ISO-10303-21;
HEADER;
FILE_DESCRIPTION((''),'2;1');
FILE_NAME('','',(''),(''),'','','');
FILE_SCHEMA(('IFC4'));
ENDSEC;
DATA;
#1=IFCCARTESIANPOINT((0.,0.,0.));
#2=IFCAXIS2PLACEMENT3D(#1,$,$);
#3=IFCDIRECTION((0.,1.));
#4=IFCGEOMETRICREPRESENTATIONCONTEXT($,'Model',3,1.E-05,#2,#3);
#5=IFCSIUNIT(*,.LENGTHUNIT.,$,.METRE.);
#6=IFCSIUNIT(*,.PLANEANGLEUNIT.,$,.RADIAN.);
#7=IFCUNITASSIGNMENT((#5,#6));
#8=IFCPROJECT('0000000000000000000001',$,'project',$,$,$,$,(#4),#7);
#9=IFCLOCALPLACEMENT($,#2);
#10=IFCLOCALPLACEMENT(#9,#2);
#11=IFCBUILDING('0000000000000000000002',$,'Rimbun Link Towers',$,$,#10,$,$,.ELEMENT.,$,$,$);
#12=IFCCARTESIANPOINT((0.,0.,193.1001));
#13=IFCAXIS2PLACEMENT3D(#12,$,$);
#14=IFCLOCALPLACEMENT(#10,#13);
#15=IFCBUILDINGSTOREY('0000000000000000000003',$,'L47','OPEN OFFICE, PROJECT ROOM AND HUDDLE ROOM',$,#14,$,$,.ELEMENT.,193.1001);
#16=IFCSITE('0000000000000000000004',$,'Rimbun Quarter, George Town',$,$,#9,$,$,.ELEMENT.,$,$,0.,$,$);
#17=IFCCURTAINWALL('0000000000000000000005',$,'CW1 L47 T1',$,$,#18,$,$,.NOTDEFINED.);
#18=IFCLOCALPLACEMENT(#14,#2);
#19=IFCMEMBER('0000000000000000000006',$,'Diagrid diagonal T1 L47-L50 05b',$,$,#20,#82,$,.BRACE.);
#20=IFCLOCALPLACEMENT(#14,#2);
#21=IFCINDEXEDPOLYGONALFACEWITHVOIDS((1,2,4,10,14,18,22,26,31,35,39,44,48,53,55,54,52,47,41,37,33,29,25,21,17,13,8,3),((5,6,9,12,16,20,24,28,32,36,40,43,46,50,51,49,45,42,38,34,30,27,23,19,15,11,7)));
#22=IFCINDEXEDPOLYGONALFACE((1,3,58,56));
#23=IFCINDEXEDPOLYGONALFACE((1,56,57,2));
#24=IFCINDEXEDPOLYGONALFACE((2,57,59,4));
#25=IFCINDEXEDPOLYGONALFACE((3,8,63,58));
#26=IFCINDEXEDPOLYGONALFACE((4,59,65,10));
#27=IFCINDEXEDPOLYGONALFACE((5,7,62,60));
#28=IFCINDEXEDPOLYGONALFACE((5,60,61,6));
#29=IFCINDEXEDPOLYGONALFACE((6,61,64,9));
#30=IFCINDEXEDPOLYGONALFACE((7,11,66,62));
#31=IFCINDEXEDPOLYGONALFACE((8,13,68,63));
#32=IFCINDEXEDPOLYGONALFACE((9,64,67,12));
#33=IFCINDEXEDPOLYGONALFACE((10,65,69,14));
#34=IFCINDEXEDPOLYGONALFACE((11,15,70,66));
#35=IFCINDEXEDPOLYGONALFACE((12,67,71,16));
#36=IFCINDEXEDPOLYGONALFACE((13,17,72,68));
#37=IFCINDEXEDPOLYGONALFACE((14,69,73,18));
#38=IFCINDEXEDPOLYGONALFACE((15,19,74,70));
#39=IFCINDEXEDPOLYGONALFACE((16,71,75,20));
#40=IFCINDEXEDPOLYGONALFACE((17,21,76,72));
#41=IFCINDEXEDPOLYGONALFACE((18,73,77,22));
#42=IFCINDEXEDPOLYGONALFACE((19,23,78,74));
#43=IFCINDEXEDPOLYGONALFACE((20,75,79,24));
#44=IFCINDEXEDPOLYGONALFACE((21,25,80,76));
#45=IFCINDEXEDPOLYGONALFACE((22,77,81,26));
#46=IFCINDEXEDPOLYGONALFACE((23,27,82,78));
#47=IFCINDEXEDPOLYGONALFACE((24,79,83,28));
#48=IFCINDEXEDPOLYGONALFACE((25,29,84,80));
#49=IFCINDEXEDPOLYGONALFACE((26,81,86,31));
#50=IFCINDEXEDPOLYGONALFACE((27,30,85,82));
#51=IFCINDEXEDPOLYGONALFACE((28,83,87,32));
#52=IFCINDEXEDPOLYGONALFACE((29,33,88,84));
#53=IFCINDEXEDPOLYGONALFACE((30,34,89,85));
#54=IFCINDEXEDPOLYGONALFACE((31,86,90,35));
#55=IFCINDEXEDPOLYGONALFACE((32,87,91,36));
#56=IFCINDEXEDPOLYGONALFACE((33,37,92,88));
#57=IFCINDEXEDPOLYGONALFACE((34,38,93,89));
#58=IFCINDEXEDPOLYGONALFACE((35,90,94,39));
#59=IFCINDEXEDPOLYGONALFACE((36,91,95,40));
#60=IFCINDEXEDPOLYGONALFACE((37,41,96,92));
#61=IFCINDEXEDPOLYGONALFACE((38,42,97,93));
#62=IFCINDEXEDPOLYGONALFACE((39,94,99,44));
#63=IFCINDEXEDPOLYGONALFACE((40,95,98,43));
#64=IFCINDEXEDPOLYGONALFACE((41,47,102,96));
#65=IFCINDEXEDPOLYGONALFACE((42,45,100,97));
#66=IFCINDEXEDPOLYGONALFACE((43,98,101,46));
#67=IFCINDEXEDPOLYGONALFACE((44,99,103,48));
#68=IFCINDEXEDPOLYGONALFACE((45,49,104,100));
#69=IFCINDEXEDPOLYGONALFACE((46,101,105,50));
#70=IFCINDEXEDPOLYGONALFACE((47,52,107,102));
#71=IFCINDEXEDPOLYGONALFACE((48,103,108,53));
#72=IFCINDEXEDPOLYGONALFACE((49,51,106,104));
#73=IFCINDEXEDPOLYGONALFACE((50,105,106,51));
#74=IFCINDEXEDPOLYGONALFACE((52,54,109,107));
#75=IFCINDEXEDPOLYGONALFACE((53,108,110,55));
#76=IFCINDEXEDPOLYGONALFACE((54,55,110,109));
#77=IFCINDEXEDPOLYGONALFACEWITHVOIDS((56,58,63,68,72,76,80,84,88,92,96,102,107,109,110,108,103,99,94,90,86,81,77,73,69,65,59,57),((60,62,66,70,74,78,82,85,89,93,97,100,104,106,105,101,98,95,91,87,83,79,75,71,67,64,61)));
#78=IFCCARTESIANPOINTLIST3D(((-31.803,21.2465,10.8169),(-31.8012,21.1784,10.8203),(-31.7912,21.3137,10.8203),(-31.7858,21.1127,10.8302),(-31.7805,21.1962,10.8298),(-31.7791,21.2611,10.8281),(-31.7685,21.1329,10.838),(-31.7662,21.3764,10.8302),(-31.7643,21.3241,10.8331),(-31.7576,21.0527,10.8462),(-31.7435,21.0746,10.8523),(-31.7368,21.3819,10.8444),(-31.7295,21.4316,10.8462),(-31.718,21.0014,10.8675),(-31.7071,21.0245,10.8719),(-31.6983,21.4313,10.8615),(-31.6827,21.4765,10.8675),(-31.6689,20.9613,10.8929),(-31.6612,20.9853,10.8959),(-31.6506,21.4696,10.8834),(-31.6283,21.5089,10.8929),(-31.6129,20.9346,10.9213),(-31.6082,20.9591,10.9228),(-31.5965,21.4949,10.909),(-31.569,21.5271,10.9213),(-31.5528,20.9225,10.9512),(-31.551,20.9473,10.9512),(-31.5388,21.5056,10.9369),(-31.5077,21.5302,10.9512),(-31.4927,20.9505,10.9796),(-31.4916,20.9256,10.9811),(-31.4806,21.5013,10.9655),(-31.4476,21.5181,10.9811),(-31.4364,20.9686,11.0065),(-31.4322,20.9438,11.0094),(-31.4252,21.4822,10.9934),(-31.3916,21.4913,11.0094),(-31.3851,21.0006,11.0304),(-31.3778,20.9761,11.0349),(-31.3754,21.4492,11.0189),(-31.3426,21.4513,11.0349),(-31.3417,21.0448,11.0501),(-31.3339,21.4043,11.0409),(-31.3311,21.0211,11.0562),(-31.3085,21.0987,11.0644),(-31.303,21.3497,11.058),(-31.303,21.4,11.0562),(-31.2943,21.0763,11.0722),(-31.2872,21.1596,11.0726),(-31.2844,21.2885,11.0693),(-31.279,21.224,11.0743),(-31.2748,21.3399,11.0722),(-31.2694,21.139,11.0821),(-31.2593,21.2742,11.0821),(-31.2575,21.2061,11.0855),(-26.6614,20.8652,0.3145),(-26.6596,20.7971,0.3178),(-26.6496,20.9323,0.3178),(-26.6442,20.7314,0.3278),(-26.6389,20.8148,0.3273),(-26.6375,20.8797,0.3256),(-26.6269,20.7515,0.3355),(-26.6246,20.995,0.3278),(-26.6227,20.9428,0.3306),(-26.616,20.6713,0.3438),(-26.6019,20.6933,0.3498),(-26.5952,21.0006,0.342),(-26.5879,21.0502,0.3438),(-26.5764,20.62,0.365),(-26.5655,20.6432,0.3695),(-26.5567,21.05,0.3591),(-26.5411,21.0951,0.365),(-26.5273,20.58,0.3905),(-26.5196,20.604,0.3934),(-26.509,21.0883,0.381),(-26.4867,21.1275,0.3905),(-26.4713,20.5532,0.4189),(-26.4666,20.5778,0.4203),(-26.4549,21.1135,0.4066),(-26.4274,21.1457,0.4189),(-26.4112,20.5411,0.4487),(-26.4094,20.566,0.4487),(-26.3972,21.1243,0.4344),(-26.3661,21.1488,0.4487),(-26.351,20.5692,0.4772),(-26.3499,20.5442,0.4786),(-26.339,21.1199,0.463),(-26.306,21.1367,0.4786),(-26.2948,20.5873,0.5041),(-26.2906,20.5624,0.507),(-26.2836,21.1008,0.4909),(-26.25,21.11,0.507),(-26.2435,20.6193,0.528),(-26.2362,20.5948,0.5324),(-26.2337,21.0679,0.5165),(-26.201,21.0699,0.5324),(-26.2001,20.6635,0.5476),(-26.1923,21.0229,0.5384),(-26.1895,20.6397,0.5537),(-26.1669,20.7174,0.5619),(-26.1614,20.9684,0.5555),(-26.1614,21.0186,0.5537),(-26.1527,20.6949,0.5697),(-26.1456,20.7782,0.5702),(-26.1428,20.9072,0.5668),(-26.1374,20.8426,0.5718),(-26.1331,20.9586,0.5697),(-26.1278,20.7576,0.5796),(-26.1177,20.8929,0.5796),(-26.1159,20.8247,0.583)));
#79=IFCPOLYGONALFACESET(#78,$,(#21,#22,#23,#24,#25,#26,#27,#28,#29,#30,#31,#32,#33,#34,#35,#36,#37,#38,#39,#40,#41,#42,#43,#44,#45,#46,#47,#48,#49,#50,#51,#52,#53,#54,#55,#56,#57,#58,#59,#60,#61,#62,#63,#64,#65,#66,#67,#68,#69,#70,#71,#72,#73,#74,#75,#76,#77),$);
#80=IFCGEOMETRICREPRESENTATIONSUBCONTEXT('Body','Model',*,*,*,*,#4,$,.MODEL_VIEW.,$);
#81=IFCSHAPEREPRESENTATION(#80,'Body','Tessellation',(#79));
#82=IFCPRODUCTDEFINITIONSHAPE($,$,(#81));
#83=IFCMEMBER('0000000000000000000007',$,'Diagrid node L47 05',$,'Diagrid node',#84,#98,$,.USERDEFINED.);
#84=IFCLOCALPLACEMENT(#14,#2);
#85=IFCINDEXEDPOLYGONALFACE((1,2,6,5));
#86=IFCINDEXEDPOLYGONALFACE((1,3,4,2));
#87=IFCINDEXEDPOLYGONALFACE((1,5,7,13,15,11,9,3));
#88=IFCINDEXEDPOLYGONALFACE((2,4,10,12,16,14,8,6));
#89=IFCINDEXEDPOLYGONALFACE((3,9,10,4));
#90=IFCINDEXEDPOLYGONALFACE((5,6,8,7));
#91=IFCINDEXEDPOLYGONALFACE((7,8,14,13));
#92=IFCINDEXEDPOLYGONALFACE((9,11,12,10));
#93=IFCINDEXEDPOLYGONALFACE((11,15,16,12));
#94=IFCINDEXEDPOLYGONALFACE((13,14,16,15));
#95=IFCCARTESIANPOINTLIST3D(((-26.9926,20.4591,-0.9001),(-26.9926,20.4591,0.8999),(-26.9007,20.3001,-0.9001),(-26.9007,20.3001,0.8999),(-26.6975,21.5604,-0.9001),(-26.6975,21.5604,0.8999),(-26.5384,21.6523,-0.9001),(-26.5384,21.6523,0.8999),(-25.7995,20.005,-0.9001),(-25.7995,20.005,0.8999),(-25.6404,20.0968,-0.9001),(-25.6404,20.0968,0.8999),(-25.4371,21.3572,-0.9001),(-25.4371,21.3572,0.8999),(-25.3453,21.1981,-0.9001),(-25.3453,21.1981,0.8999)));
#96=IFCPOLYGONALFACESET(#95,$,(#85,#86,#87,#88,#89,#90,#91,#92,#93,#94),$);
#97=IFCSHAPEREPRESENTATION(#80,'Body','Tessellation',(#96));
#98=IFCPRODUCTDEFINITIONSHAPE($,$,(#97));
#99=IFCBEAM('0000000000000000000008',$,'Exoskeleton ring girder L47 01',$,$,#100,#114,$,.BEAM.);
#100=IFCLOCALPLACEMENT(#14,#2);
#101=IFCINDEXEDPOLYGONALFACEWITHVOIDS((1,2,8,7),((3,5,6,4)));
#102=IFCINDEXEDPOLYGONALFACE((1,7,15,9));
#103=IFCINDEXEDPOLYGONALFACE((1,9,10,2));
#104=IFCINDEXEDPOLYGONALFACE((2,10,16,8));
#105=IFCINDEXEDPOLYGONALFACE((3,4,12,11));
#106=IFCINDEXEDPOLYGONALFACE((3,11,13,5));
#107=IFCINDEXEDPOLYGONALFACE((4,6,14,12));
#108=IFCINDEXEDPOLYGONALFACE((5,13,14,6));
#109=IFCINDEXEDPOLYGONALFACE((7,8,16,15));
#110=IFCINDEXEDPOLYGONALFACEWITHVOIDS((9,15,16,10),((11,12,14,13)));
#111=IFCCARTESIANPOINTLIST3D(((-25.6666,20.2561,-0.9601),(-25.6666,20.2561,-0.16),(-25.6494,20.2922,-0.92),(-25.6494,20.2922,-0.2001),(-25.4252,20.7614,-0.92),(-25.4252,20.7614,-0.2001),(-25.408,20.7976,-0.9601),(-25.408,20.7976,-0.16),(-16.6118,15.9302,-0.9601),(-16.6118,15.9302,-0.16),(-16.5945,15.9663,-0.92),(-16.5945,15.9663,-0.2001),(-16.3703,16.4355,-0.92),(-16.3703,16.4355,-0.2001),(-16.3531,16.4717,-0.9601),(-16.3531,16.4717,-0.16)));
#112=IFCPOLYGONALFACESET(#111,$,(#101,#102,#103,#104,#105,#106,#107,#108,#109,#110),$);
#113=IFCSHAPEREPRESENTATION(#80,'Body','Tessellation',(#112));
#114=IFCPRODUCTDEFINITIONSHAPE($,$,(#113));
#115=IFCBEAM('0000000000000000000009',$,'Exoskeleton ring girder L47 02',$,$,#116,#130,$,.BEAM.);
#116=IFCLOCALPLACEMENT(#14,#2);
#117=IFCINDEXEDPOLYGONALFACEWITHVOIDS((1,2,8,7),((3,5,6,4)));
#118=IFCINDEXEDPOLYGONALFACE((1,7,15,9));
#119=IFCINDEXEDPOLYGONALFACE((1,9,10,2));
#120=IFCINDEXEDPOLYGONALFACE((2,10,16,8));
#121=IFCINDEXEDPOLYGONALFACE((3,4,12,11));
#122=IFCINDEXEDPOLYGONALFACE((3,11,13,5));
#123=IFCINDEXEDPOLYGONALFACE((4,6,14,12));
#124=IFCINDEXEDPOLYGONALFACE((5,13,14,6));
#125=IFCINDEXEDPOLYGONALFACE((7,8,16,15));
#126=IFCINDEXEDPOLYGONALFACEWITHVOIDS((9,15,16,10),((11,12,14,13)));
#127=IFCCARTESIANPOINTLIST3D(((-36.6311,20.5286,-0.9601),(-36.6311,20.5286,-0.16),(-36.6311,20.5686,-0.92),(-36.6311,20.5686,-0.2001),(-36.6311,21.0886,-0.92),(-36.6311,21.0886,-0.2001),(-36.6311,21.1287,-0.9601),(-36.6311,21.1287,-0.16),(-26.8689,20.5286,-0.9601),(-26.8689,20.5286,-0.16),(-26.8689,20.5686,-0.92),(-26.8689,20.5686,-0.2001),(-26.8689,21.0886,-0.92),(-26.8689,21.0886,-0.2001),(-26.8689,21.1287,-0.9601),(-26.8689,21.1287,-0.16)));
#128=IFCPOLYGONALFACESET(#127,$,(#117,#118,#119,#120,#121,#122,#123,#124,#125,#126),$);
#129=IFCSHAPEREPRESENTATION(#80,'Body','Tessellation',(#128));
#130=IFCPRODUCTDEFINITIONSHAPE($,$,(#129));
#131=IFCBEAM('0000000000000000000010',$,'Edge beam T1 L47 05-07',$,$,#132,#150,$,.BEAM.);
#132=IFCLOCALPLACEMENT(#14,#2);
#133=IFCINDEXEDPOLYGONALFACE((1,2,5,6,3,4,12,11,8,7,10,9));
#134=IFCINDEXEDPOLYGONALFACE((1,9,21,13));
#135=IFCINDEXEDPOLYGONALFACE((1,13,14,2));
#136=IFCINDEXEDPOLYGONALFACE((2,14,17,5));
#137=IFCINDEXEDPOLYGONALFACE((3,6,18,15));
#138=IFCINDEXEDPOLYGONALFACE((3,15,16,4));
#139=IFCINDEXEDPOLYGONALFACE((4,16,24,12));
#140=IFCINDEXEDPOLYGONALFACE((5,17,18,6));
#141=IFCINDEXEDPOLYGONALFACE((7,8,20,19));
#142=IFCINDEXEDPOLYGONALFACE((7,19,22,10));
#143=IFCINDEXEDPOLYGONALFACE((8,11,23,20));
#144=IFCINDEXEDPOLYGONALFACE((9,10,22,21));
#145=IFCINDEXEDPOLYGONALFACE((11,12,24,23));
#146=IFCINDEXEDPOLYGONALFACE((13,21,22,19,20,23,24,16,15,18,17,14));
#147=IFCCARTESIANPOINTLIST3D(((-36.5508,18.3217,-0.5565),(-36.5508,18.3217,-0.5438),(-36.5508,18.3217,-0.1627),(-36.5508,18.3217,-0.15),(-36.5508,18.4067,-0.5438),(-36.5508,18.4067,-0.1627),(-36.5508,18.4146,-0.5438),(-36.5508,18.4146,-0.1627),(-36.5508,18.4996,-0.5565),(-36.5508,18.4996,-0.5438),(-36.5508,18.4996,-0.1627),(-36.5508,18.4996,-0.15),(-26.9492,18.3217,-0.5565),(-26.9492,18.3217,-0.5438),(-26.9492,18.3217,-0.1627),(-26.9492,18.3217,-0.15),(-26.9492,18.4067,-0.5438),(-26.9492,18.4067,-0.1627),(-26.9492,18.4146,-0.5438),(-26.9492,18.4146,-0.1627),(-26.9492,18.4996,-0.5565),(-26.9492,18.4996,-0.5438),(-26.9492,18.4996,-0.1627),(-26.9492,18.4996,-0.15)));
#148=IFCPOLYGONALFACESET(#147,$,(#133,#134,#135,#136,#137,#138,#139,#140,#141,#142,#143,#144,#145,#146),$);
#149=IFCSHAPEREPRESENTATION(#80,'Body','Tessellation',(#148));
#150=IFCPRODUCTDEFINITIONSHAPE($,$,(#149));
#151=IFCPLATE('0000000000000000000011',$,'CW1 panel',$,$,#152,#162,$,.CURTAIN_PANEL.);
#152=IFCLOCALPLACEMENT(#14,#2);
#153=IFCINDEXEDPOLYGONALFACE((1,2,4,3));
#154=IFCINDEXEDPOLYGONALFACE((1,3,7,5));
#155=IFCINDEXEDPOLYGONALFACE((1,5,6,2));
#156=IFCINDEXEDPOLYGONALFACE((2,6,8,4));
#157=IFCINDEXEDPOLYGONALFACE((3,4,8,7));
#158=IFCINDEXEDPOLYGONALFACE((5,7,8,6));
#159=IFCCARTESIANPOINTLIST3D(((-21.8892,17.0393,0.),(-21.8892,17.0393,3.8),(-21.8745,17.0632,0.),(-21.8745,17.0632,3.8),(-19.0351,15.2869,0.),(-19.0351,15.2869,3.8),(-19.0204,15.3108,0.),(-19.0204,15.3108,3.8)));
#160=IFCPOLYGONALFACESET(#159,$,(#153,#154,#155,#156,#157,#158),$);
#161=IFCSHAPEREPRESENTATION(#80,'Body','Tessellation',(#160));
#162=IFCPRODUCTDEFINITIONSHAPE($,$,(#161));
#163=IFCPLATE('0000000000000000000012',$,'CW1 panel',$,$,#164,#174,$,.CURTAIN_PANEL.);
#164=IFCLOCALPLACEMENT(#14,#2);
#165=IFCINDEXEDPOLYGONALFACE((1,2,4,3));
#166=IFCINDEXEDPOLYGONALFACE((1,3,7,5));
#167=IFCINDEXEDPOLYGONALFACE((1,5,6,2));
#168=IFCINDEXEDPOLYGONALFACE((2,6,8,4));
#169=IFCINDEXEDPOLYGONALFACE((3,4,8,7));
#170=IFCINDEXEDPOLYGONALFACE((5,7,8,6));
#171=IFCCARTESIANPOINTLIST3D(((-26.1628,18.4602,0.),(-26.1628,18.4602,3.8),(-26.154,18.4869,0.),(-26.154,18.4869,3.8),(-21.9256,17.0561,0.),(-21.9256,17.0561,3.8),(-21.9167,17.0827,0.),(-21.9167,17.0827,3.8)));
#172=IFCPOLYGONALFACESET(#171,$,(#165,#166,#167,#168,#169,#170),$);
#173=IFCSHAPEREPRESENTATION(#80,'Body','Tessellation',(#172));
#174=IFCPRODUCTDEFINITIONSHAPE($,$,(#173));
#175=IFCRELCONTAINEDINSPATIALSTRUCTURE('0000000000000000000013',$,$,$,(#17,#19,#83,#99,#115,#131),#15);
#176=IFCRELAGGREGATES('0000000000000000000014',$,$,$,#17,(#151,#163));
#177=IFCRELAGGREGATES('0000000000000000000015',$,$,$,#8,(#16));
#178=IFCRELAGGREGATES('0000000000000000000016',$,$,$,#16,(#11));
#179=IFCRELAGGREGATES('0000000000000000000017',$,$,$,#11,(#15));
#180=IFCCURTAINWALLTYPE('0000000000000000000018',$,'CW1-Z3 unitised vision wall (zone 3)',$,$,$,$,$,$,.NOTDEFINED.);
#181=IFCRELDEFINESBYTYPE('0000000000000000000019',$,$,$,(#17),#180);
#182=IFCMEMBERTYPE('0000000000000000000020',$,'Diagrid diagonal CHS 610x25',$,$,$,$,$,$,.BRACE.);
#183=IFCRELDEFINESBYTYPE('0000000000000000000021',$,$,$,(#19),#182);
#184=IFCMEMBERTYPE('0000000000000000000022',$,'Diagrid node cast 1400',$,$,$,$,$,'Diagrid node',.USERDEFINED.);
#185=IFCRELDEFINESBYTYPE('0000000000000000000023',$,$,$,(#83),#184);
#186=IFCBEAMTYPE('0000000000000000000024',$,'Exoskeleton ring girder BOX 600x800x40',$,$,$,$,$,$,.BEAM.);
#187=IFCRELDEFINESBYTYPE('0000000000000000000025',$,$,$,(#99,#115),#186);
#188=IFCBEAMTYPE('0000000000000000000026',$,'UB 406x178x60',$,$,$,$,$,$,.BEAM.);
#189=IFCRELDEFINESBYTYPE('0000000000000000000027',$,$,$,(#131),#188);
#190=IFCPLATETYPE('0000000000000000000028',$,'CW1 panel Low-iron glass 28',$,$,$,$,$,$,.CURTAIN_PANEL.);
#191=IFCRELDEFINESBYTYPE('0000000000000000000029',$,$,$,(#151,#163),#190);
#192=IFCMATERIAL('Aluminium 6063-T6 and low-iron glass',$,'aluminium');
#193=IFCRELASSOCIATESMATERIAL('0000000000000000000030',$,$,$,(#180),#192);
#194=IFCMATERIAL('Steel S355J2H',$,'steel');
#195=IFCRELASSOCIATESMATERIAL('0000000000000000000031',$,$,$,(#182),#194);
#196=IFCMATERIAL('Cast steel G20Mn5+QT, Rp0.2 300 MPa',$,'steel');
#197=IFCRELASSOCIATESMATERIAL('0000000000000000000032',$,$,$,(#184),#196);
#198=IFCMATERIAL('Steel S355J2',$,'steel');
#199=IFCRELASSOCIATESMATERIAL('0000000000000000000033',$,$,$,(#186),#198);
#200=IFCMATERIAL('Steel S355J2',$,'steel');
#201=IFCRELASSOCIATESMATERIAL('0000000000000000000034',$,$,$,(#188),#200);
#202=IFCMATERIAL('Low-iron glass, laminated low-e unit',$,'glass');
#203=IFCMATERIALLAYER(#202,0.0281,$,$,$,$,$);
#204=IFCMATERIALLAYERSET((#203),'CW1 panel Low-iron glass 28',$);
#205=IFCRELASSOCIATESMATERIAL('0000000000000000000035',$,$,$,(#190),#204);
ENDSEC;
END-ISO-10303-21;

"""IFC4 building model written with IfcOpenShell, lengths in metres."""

from ifc_helpers import new_model, si_unit, direction, frame, origin, origin_2d, place, context, subcontext, project, spatial, polyline, rectangle, hollow_rectangle, hollow_circle, i_section, outline, extrude, material, layer, layer_set, material_profile, profile_set, type_object, element, aggregate, save


model = new_model("IFC4")

# Units and contexts
model_context = context("Model", 3, precision=1e-05, world=origin(), true_north=direction((0.0, 1.0)))
body_context = subcontext(model_context, "Body", "Model", "MODEL_VIEW")
ifc_project = project(units=[si_unit("LENGTHUNIT", "METRE"), si_unit("PLANEANGLEUNIT", "RADIAN")], contexts=[model_context])

# Site, building, storey
site_placement = place(None, origin())
site = spatial("IfcSite", under=ifc_project, at=site_placement, Name="Rimbun Quarter, George Town", CompositionType="ELEMENT", RefElevation=0.0)
building_placement = place(site_placement, origin())
building = spatial("IfcBuilding", under=site, at=building_placement, Name="Rimbun Link Towers", CompositionType="ELEMENT")
storey_placement = place(building_placement, frame((0.0, 0.0, 193.1001)))
storey = spatial("IfcBuildingStorey", under=building, at=storey_placement, Name="L47", Description="OPEN OFFICE, PROJECT ROOM AND HUDDLE ROOM", CompositionType="ELEMENT", Elevation=193.1001)

# Curtain wall
ifc_material_1 = material(Name="Aluminium 6063-T6 and low-iron glass", Category="aluminium")
curtain_wall_type = type_object("IfcCurtainWallType", Name="CW1-Z3 unitised vision wall (zone 3)", PredefinedType="NOTDEFINED", material=ifc_material_1)
curtain_wall_placement = place(storey_placement, origin())
curtain_wall = element("IfcCurtainWall", 1, at=curtain_wall_placement, inside=storey, type_object=curtain_wall_type, Name="CW1 L47 T1", PredefinedType="NOTDEFINED")

# Members
ifc_material_2 = material(Name="Steel S355J2H", Category="steel")
ifc_material_profile_1 = material_profile(ifc_material_2, hollow_circle(Radius=0.3047, WallThickness=0.0249, at=origin_2d()), Name="Diagrid diagonal CHS 610x25")
ifc_profile_set_1 = profile_set([ifc_material_profile_1], Name="Steel S355J2H")
member_type_1 = type_object("IfcMemberType", Name="Diagrid diagonal CHS 610x25", PredefinedType="BRACE", material=ifc_profile_set_1)
member_1_placement = place(storey_placement, frame((-26.3887, 20.845, 0.4487), z_axis=(-0.439465, 0.032595, 0.897668), x_axis=(-0.073966, -0.997261, 0.0)))
element("IfcMember", 2, at=member_1_placement, inside=storey, type_object=member_type_1, Name="Diagrid diagonal T1 L47-L50 05b", PredefinedType="BRACE", context=body_context, shape_type="SweptSolid", body=[
    extrude(hollow_circle(Radius=0.3047, WallThickness=0.0249, at=origin_2d()), origin(), (0.0, 0.0, 1.0), 11.6997),
])
ifc_material_3 = material(Name="Cast steel G20Mn5+QT, Rp0.2 300 MPa", Category="steel")
ifc_material_profile_2 = material_profile(ifc_material_3, outline(polyline([(0.7, -0.5701), (0.7, 0.5701), (0.5701, 0.7), (-0.5701, 0.7), (-0.7, 0.5701), (-0.7, -0.5701), (-0.5701, -0.7), (0.5701, -0.7), (0.7, -0.5701)])), Name="NODE 1400x1400")
ifc_profile_set_2 = profile_set([ifc_material_profile_2], Name="Cast steel G20Mn5+QT, Rp0.2 300 MPa")
member_type_2 = type_object("IfcMemberType", Name="Diagrid node cast 1400", ElementType="Diagrid node", PredefinedType="USERDEFINED", material=ifc_profile_set_2)
member_2_placement = place(storey_placement, frame((-26.1689, 20.8286, -0.9001), z_axis=(0.0, 0.0, 1.0), x_axis=(0.258819, 0.965926, 0.0)))
element("IfcMember", 3, at=member_2_placement, inside=storey, type_object=member_type_2, Name="Diagrid node L47 05", ObjectType="Diagrid node", PredefinedType="USERDEFINED", context=body_context, shape_type="SweptSolid", body=[
    extrude(outline(polyline([(0.7, -0.5701), (0.7, 0.5701), (0.5701, 0.7), (-0.5701, 0.7), (-0.7, 0.5701), (-0.7, -0.5701), (-0.5701, -0.7), (0.5701, -0.7), (0.7, -0.5701)])), origin(), (0.0, 0.0, 1.0), 1.8),
])

# Beams
ifc_material_4 = material(Name="Steel S355J2", Category="steel")
ifc_material_profile_3 = material_profile(ifc_material_4, hollow_rectangle(XDim=0.6001, YDim=0.8, WallThickness=0.04, at=origin_2d()), Name="Exoskeleton ring girder BOX 600x800x40")
ifc_profile_set_3 = profile_set([ifc_material_profile_3], Name="Steel S355J2")
beam_type_1 = type_object("IfcBeamType", Name="Exoskeleton ring girder BOX 600x800x40", PredefinedType="BEAM", material=ifc_profile_set_3)
beam_1_placement = place(storey_placement, frame((-16.4824, 16.2009, -0.5601), z_axis=(-0.902316, 0.431075, 0.0), x_axis=(-0.431075, -0.902316, 0.0)))
element("IfcBeam", 4, at=beam_1_placement, inside=storey, type_object=beam_type_1, Name="Exoskeleton ring girder L47 01", PredefinedType="BEAM", context=body_context, shape_type="SweptSolid", body=[
    extrude(hollow_rectangle(XDim=0.6001, YDim=0.8, WallThickness=0.04, at=origin_2d()), origin(), (0.0, 0.0, 1.0), 10.0352),
])
beam_2_placement = place(storey_placement, frame((-26.8689, 20.8286, -0.5601), z_axis=(-1.0, 0.0, 0.0), x_axis=(0.0, -1.0, 0.0)))
element("IfcBeam", 5, at=beam_2_placement, inside=storey, type_object=beam_type_1, Name="Exoskeleton ring girder L47 02", PredefinedType="BEAM", context=body_context, shape_type="SweptSolid", body=[
    extrude(hollow_rectangle(XDim=0.6001, YDim=0.8, WallThickness=0.04, at=origin_2d()), origin(), (0.0, 0.0, 1.0), 9.7622),
])
ifc_material_5 = material(Name="Steel S355J2", Category="steel")
ifc_material_profile_4 = material_profile(ifc_material_5, i_section(OverallWidth=0.178, OverallDepth=0.4065, WebThickness=0.0078, FlangeThickness=0.0127, at=origin_2d()), Name="UB 406x178x60")
ifc_profile_set_4 = profile_set([ifc_material_profile_4], Name="Steel S355J2")
beam_type_2 = type_object("IfcBeamType", Name="UB 406x178x60", PredefinedType="BEAM", material=ifc_profile_set_4)
beam_3_placement = place(storey_placement, frame((-26.9492, 18.4106, -0.3533), z_axis=(-1.0, 0.0, 0.0), x_axis=(0.0, -1.0, 0.0)))
element("IfcBeam", 6, at=beam_3_placement, inside=storey, type_object=beam_type_2, Name="Edge beam T1 L47 05-07", PredefinedType="BEAM", context=body_context, shape_type="SweptSolid", body=[
    extrude(i_section(OverallWidth=0.178, OverallDepth=0.4065, WebThickness=0.0078, FlangeThickness=0.0127, at=origin_2d()), origin(), (0.0, 0.0, 1.0), 9.6016),
])

# Plates
ifc_material_6 = material(Name="Low-iron glass, laminated low-e unit", Category="glass")
ifc_layer_1 = layer(ifc_material_6, 0.0281)
ifc_layer_set_1 = layer_set([ifc_layer_1], Name="CW1 panel Low-iron glass 28")
plate_type = type_object("IfcPlateType", Name="CW1 panel Low-iron glass 28", PredefinedType="CURTAIN_PANEL", material=ifc_layer_set_1)
plate_1_placement = place(storey_placement, frame((-20.4548, 16.175, 0.0), z_axis=(0.0, 0.0, 1.0), x_axis=(0.852192, -0.523229, 0.0)))
plate_1 = element("IfcPlate", 7, at=plate_1_placement, type_object=plate_type, Name="CW1 panel", PredefinedType="CURTAIN_PANEL", context=body_context, shape_type="SweptSolid", body=[
    extrude(rectangle(XDim=3.3491, YDim=0.0281, at=origin_2d()), origin(), (0.0, 0.0, 1.0), 3.8),
])
plate_2_placement = place(storey_placement, frame((-24.0398, 17.7715, 0.0), z_axis=(0.0, 0.0, 1.0), x_axis=(0.949238, -0.314558, 0.0)))
plate_2 = element("IfcPlate", 8, at=plate_2_placement, type_object=plate_type, Name="CW1 panel", PredefinedType="CURTAIN_PANEL", context=body_context, shape_type="SweptSolid", body=[
    extrude(rectangle(XDim=4.4639, YDim=0.0281, at=origin_2d()), origin(), (0.0, 0.0, 1.0), 3.8),
])
aggregate(curtain_wall, [plate_1, plate_2])

save(model, "model.ifc")
